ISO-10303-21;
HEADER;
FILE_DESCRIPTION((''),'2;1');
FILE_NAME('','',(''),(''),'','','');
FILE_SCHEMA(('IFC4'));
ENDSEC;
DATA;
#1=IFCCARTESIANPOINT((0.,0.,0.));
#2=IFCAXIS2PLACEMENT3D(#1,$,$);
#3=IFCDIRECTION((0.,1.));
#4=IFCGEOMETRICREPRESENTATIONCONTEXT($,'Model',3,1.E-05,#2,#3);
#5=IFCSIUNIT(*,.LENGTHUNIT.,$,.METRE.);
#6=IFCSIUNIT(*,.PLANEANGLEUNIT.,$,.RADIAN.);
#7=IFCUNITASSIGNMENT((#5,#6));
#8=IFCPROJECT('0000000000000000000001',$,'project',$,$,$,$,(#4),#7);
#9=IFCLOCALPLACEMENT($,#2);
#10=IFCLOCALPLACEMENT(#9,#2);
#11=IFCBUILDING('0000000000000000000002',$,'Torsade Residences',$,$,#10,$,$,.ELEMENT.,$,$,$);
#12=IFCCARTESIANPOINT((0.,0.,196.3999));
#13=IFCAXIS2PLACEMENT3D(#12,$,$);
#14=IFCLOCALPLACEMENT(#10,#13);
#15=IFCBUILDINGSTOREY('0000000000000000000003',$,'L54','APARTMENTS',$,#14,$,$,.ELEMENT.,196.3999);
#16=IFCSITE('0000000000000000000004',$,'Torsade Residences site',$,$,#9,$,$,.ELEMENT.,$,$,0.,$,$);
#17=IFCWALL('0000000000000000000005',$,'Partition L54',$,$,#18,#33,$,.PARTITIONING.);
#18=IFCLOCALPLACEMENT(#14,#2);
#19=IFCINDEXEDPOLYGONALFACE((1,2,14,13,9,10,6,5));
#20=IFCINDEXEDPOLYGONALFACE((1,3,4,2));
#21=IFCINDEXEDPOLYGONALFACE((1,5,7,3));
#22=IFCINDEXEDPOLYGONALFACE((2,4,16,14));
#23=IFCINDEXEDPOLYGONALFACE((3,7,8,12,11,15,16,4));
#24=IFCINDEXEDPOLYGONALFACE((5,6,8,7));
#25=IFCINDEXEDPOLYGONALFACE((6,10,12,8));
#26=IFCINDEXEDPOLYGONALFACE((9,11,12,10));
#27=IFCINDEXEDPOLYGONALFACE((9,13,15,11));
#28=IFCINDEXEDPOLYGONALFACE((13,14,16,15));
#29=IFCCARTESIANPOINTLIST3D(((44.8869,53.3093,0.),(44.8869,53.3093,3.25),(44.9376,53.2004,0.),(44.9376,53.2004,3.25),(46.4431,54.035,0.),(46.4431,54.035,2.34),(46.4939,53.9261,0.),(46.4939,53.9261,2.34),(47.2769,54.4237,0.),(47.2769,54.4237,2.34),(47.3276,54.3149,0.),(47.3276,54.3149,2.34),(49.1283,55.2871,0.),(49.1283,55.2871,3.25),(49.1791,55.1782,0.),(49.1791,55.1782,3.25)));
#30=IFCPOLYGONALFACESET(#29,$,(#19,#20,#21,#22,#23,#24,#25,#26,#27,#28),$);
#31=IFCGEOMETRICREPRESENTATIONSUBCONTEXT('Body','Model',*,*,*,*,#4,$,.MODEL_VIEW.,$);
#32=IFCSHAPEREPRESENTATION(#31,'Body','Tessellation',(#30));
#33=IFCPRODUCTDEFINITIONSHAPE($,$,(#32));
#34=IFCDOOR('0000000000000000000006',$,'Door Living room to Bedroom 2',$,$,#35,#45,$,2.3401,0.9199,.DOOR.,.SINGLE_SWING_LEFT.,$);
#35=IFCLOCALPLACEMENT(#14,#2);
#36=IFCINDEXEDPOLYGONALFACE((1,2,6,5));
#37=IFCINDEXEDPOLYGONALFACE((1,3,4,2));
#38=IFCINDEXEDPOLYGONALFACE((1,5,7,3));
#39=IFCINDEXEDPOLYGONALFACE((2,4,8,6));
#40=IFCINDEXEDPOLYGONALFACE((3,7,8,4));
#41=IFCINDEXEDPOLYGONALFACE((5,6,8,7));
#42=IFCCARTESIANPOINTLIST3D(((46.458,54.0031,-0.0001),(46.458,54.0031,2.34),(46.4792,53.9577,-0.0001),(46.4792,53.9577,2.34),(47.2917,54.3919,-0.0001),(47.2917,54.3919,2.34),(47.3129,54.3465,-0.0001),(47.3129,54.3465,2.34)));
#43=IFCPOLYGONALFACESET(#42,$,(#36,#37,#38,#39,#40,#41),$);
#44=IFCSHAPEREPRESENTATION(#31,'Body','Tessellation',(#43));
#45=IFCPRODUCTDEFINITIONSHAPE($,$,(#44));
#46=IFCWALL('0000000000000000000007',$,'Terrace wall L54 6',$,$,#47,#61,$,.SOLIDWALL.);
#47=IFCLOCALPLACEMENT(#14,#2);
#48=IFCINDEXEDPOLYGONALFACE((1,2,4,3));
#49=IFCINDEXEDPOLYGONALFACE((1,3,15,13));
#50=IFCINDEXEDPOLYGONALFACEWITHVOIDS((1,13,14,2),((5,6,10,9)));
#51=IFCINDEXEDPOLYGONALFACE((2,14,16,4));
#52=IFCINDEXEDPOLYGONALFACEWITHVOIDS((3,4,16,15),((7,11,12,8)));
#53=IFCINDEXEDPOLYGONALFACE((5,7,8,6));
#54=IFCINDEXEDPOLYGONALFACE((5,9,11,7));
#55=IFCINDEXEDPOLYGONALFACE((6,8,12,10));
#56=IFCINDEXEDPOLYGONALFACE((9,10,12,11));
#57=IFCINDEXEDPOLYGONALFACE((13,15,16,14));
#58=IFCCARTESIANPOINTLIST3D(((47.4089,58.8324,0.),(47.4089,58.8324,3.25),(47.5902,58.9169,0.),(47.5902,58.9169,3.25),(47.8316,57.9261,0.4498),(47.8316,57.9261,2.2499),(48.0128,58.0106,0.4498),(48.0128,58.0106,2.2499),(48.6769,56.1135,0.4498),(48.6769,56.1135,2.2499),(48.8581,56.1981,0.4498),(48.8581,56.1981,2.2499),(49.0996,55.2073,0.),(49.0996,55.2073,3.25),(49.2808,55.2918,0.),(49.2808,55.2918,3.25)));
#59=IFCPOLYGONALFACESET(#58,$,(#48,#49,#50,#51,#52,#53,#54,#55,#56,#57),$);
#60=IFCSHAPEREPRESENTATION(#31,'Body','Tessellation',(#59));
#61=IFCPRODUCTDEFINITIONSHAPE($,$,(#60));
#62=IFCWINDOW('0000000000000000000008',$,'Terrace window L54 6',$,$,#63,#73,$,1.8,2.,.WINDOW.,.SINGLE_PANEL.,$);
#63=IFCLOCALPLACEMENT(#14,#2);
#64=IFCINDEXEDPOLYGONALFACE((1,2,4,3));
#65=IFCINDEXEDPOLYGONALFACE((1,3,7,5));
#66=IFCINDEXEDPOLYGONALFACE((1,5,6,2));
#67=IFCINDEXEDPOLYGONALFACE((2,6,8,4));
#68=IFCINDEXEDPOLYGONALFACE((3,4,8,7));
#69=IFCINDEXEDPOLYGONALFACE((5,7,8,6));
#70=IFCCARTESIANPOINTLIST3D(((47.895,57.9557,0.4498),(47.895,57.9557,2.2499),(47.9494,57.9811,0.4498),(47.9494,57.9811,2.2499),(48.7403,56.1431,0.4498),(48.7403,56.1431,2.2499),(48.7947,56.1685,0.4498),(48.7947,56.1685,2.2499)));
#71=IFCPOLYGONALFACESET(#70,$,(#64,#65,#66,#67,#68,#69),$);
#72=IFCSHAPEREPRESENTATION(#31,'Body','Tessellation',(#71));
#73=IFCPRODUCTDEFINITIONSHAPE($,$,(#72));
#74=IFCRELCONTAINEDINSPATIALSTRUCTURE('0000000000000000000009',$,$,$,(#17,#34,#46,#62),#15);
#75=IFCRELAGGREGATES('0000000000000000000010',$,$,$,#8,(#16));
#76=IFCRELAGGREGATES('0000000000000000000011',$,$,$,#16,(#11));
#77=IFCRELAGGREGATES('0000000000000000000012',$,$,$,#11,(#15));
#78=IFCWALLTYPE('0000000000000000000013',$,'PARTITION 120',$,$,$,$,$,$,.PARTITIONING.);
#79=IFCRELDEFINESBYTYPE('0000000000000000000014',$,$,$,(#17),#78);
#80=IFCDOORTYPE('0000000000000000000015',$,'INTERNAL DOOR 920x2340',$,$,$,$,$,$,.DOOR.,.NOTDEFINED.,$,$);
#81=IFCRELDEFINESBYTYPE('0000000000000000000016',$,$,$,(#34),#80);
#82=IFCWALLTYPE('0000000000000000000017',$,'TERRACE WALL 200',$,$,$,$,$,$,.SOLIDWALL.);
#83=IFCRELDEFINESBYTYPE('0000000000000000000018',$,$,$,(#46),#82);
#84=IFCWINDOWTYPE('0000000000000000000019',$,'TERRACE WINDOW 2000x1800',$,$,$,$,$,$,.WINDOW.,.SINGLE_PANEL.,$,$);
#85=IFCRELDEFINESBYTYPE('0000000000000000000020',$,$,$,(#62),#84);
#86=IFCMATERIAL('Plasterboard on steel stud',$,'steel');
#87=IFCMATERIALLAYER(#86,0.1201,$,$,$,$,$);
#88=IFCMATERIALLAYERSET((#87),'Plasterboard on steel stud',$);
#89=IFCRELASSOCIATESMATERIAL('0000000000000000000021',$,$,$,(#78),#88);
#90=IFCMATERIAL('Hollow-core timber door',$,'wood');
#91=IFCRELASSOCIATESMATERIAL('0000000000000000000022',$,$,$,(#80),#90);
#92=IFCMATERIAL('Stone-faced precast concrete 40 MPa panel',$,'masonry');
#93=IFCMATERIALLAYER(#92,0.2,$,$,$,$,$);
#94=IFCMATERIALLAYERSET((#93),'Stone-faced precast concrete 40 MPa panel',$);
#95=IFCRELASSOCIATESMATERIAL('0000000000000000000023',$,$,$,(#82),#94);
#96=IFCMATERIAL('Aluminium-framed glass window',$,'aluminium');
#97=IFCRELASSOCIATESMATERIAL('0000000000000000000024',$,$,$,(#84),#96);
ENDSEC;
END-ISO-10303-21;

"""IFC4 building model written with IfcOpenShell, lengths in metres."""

from ifc_helpers import new_model, si_unit, direction, frame, frame_2d, origin, place, context, subcontext, project, spatial, rectangle, extrude, material, layer, layer_set, type_object, element, fill, save


model = new_model("IFC4")

# Units and contexts
model_context = context("Model", 3, precision=1e-05, world=origin(), true_north=direction((0.0, 1.0)))
body_context = subcontext(model_context, "Body", "Model", "MODEL_VIEW")
ifc_project = project(units=[si_unit("LENGTHUNIT", "METRE"), si_unit("PLANEANGLEUNIT", "RADIAN")], contexts=[model_context])

# Site, building, storey
site_placement = place(None, origin())
site = spatial("IfcSite", under=ifc_project, at=site_placement, Name="Torsade Residences site", CompositionType="ELEMENT", RefElevation=0.0)
building_placement = place(site_placement, origin())
building = spatial("IfcBuilding", under=site, at=building_placement, Name="Torsade Residences", CompositionType="ELEMENT")
storey_placement = place(building_placement, frame((0.0, 0.0, 196.3999)))
storey = spatial("IfcBuildingStorey", under=building, at=storey_placement, Name="L54", Description="APARTMENTS", CompositionType="ELEMENT", Elevation=196.3999)

# Shared definitions
ifc_material_1 = material(Name="Plasterboard on steel stud", Category="steel")
ifc_layer_1 = layer(ifc_material_1, 0.1201)
ifc_layer_set_1 = layer_set([ifc_layer_1], Name="Plasterboard on steel stud")
wall_type_1 = type_object("IfcWallType", Name="PARTITION 120", PredefinedType="PARTITIONING", material=ifc_layer_set_1)

# Shared definitions
ifc_material_2 = material(Name="Hollow-core timber door", Category="wood")
door_type_1 = type_object("IfcDoorType", Name="INTERNAL DOOR 920x2340", OperationType="NOTDEFINED", PredefinedType="DOOR", material=ifc_material_2)

# Wall, opening, door
wall_1_placement = place(storey_placement, frame((44.9124, 53.2549, 0.0), z_axis=(0.0, 0.0, 1.0), x_axis=(0.906311, 0.422611, 0.0)))
wall_1 = element("IfcWall", 1, at=wall_1_placement, inside=storey, type_object=wall_type_1, Name="Partition L54", PredefinedType="PARTITIONING", context=body_context, shape_type="SweptSolid", body=[
    extrude(rectangle(XDim=4.6799, YDim=0.1201, at=frame_2d((2.3398, 0.0))), origin(), (0.0, 0.0, 1.0), 3.25),
])
opening_1_placement = place(wall_1_placement, frame((1.717, 0.0, 0.0)))
opening_1 = element("IfcOpeningElement", 2, at=opening_1_placement, cuts=wall_1, PredefinedType="OPENING", context=body_context, shape_type="SweptSolid", body=[
    extrude(rectangle(XDim=0.9199, YDim=2.3401, at=frame_2d((0.46, 1.1699))), frame((0.0, 0.0701, 0.0), z_axis=(0.0, -1.0, 0.0), x_axis=(1.0, 0.0, 0.0)), (0.0, 0.0, 1.0), 0.1401),
])
door_1_placement = place(opening_1_placement, origin())
door_1 = element("IfcDoor", 3, at=door_1_placement, inside=storey, type_object=door_type_1, Name="Door Living room to Bedroom 2", OperationType="SINGLE_SWING_LEFT", OverallHeight=2.3401, OverallWidth=0.9199, PredefinedType="DOOR", context=body_context, shape_type="SweptSolid", body=[
    extrude(rectangle(XDim=0.9199, YDim=2.3401, at=frame_2d((0.46, 1.1699))), frame((0.0, 0.0249, 0.0), z_axis=(0.0, -1.0, 0.0), x_axis=(1.0, 0.0, 0.0)), (0.0, 0.0, 1.0), 0.05),
])
fill(opening_1, door_1)

# Wall, opening, window
ifc_material_3 = material(Name="Stone-faced precast concrete 40 MPa panel", Category="masonry")
ifc_layer_2 = layer(ifc_material_3, 0.2)
ifc_layer_set_2 = layer_set([ifc_layer_2], Name="Stone-faced precast concrete 40 MPa panel")
wall_type_2 = type_object("IfcWallType", Name="TERRACE WALL 200", PredefinedType="SOLIDWALL", material=ifc_layer_set_2)
wall_2_placement = place(storey_placement, frame((49.1902, 55.2495, 0.0), z_axis=(0.0, 0.0, 1.0), x_axis=(-0.422658, 0.906289, 0.0)))
wall_2 = element("IfcWall", 4, at=wall_2_placement, inside=storey, type_object=wall_type_2, Name="Terrace wall L54 6", PredefinedType="SOLIDWALL", context=body_context, shape_type="SweptSolid", body=[
    extrude(rectangle(XDim=4.0, YDim=0.2, at=frame_2d((2.0, 0.0))), origin(), (0.0, 0.0, 1.0), 3.25),
])
opening_2_placement = place(wall_2_placement, frame((1.0, 0.0, 0.45)))
opening_2 = element("IfcOpeningElement", 5, at=opening_2_placement, cuts=wall_2, PredefinedType="OPENING", context=body_context, shape_type="SweptSolid", body=[
    extrude(rectangle(XDim=2.0, YDim=1.8, at=frame_2d((1.0, 0.8999))), frame((0.0, 0.1099, 0.0), z_axis=(0.0, -1.0, 0.0), x_axis=(1.0, 0.0, 0.0)), (0.0, 0.0, 1.0), 0.22),
])
ifc_material_4 = material(Name="Aluminium-framed glass window", Category="aluminium")
window_type = type_object("IfcWindowType", Name="TERRACE WINDOW 2000x1800", PartitioningType="SINGLE_PANEL", PredefinedType="WINDOW", material=ifc_material_4)
window_placement = place(opening_2_placement, origin())
window = element("IfcWindow", 6, at=window_placement, inside=storey, type_object=window_type, Name="Terrace window L54 6", OverallHeight=1.8, OverallWidth=2.0, PartitioningType="SINGLE_PANEL", PredefinedType="WINDOW", context=body_context, shape_type="SweptSolid", body=[
    extrude(rectangle(XDim=2.0, YDim=1.8, at=frame_2d((1.0, 0.8999))), frame((0.0, 0.03, 0.0), z_axis=(0.0, -1.0, 0.0), x_axis=(1.0, 0.0, 0.0)), (0.0, 0.0, 1.0), 0.0601),
])
fill(opening_2, window)

save(model, "model.ifc")
